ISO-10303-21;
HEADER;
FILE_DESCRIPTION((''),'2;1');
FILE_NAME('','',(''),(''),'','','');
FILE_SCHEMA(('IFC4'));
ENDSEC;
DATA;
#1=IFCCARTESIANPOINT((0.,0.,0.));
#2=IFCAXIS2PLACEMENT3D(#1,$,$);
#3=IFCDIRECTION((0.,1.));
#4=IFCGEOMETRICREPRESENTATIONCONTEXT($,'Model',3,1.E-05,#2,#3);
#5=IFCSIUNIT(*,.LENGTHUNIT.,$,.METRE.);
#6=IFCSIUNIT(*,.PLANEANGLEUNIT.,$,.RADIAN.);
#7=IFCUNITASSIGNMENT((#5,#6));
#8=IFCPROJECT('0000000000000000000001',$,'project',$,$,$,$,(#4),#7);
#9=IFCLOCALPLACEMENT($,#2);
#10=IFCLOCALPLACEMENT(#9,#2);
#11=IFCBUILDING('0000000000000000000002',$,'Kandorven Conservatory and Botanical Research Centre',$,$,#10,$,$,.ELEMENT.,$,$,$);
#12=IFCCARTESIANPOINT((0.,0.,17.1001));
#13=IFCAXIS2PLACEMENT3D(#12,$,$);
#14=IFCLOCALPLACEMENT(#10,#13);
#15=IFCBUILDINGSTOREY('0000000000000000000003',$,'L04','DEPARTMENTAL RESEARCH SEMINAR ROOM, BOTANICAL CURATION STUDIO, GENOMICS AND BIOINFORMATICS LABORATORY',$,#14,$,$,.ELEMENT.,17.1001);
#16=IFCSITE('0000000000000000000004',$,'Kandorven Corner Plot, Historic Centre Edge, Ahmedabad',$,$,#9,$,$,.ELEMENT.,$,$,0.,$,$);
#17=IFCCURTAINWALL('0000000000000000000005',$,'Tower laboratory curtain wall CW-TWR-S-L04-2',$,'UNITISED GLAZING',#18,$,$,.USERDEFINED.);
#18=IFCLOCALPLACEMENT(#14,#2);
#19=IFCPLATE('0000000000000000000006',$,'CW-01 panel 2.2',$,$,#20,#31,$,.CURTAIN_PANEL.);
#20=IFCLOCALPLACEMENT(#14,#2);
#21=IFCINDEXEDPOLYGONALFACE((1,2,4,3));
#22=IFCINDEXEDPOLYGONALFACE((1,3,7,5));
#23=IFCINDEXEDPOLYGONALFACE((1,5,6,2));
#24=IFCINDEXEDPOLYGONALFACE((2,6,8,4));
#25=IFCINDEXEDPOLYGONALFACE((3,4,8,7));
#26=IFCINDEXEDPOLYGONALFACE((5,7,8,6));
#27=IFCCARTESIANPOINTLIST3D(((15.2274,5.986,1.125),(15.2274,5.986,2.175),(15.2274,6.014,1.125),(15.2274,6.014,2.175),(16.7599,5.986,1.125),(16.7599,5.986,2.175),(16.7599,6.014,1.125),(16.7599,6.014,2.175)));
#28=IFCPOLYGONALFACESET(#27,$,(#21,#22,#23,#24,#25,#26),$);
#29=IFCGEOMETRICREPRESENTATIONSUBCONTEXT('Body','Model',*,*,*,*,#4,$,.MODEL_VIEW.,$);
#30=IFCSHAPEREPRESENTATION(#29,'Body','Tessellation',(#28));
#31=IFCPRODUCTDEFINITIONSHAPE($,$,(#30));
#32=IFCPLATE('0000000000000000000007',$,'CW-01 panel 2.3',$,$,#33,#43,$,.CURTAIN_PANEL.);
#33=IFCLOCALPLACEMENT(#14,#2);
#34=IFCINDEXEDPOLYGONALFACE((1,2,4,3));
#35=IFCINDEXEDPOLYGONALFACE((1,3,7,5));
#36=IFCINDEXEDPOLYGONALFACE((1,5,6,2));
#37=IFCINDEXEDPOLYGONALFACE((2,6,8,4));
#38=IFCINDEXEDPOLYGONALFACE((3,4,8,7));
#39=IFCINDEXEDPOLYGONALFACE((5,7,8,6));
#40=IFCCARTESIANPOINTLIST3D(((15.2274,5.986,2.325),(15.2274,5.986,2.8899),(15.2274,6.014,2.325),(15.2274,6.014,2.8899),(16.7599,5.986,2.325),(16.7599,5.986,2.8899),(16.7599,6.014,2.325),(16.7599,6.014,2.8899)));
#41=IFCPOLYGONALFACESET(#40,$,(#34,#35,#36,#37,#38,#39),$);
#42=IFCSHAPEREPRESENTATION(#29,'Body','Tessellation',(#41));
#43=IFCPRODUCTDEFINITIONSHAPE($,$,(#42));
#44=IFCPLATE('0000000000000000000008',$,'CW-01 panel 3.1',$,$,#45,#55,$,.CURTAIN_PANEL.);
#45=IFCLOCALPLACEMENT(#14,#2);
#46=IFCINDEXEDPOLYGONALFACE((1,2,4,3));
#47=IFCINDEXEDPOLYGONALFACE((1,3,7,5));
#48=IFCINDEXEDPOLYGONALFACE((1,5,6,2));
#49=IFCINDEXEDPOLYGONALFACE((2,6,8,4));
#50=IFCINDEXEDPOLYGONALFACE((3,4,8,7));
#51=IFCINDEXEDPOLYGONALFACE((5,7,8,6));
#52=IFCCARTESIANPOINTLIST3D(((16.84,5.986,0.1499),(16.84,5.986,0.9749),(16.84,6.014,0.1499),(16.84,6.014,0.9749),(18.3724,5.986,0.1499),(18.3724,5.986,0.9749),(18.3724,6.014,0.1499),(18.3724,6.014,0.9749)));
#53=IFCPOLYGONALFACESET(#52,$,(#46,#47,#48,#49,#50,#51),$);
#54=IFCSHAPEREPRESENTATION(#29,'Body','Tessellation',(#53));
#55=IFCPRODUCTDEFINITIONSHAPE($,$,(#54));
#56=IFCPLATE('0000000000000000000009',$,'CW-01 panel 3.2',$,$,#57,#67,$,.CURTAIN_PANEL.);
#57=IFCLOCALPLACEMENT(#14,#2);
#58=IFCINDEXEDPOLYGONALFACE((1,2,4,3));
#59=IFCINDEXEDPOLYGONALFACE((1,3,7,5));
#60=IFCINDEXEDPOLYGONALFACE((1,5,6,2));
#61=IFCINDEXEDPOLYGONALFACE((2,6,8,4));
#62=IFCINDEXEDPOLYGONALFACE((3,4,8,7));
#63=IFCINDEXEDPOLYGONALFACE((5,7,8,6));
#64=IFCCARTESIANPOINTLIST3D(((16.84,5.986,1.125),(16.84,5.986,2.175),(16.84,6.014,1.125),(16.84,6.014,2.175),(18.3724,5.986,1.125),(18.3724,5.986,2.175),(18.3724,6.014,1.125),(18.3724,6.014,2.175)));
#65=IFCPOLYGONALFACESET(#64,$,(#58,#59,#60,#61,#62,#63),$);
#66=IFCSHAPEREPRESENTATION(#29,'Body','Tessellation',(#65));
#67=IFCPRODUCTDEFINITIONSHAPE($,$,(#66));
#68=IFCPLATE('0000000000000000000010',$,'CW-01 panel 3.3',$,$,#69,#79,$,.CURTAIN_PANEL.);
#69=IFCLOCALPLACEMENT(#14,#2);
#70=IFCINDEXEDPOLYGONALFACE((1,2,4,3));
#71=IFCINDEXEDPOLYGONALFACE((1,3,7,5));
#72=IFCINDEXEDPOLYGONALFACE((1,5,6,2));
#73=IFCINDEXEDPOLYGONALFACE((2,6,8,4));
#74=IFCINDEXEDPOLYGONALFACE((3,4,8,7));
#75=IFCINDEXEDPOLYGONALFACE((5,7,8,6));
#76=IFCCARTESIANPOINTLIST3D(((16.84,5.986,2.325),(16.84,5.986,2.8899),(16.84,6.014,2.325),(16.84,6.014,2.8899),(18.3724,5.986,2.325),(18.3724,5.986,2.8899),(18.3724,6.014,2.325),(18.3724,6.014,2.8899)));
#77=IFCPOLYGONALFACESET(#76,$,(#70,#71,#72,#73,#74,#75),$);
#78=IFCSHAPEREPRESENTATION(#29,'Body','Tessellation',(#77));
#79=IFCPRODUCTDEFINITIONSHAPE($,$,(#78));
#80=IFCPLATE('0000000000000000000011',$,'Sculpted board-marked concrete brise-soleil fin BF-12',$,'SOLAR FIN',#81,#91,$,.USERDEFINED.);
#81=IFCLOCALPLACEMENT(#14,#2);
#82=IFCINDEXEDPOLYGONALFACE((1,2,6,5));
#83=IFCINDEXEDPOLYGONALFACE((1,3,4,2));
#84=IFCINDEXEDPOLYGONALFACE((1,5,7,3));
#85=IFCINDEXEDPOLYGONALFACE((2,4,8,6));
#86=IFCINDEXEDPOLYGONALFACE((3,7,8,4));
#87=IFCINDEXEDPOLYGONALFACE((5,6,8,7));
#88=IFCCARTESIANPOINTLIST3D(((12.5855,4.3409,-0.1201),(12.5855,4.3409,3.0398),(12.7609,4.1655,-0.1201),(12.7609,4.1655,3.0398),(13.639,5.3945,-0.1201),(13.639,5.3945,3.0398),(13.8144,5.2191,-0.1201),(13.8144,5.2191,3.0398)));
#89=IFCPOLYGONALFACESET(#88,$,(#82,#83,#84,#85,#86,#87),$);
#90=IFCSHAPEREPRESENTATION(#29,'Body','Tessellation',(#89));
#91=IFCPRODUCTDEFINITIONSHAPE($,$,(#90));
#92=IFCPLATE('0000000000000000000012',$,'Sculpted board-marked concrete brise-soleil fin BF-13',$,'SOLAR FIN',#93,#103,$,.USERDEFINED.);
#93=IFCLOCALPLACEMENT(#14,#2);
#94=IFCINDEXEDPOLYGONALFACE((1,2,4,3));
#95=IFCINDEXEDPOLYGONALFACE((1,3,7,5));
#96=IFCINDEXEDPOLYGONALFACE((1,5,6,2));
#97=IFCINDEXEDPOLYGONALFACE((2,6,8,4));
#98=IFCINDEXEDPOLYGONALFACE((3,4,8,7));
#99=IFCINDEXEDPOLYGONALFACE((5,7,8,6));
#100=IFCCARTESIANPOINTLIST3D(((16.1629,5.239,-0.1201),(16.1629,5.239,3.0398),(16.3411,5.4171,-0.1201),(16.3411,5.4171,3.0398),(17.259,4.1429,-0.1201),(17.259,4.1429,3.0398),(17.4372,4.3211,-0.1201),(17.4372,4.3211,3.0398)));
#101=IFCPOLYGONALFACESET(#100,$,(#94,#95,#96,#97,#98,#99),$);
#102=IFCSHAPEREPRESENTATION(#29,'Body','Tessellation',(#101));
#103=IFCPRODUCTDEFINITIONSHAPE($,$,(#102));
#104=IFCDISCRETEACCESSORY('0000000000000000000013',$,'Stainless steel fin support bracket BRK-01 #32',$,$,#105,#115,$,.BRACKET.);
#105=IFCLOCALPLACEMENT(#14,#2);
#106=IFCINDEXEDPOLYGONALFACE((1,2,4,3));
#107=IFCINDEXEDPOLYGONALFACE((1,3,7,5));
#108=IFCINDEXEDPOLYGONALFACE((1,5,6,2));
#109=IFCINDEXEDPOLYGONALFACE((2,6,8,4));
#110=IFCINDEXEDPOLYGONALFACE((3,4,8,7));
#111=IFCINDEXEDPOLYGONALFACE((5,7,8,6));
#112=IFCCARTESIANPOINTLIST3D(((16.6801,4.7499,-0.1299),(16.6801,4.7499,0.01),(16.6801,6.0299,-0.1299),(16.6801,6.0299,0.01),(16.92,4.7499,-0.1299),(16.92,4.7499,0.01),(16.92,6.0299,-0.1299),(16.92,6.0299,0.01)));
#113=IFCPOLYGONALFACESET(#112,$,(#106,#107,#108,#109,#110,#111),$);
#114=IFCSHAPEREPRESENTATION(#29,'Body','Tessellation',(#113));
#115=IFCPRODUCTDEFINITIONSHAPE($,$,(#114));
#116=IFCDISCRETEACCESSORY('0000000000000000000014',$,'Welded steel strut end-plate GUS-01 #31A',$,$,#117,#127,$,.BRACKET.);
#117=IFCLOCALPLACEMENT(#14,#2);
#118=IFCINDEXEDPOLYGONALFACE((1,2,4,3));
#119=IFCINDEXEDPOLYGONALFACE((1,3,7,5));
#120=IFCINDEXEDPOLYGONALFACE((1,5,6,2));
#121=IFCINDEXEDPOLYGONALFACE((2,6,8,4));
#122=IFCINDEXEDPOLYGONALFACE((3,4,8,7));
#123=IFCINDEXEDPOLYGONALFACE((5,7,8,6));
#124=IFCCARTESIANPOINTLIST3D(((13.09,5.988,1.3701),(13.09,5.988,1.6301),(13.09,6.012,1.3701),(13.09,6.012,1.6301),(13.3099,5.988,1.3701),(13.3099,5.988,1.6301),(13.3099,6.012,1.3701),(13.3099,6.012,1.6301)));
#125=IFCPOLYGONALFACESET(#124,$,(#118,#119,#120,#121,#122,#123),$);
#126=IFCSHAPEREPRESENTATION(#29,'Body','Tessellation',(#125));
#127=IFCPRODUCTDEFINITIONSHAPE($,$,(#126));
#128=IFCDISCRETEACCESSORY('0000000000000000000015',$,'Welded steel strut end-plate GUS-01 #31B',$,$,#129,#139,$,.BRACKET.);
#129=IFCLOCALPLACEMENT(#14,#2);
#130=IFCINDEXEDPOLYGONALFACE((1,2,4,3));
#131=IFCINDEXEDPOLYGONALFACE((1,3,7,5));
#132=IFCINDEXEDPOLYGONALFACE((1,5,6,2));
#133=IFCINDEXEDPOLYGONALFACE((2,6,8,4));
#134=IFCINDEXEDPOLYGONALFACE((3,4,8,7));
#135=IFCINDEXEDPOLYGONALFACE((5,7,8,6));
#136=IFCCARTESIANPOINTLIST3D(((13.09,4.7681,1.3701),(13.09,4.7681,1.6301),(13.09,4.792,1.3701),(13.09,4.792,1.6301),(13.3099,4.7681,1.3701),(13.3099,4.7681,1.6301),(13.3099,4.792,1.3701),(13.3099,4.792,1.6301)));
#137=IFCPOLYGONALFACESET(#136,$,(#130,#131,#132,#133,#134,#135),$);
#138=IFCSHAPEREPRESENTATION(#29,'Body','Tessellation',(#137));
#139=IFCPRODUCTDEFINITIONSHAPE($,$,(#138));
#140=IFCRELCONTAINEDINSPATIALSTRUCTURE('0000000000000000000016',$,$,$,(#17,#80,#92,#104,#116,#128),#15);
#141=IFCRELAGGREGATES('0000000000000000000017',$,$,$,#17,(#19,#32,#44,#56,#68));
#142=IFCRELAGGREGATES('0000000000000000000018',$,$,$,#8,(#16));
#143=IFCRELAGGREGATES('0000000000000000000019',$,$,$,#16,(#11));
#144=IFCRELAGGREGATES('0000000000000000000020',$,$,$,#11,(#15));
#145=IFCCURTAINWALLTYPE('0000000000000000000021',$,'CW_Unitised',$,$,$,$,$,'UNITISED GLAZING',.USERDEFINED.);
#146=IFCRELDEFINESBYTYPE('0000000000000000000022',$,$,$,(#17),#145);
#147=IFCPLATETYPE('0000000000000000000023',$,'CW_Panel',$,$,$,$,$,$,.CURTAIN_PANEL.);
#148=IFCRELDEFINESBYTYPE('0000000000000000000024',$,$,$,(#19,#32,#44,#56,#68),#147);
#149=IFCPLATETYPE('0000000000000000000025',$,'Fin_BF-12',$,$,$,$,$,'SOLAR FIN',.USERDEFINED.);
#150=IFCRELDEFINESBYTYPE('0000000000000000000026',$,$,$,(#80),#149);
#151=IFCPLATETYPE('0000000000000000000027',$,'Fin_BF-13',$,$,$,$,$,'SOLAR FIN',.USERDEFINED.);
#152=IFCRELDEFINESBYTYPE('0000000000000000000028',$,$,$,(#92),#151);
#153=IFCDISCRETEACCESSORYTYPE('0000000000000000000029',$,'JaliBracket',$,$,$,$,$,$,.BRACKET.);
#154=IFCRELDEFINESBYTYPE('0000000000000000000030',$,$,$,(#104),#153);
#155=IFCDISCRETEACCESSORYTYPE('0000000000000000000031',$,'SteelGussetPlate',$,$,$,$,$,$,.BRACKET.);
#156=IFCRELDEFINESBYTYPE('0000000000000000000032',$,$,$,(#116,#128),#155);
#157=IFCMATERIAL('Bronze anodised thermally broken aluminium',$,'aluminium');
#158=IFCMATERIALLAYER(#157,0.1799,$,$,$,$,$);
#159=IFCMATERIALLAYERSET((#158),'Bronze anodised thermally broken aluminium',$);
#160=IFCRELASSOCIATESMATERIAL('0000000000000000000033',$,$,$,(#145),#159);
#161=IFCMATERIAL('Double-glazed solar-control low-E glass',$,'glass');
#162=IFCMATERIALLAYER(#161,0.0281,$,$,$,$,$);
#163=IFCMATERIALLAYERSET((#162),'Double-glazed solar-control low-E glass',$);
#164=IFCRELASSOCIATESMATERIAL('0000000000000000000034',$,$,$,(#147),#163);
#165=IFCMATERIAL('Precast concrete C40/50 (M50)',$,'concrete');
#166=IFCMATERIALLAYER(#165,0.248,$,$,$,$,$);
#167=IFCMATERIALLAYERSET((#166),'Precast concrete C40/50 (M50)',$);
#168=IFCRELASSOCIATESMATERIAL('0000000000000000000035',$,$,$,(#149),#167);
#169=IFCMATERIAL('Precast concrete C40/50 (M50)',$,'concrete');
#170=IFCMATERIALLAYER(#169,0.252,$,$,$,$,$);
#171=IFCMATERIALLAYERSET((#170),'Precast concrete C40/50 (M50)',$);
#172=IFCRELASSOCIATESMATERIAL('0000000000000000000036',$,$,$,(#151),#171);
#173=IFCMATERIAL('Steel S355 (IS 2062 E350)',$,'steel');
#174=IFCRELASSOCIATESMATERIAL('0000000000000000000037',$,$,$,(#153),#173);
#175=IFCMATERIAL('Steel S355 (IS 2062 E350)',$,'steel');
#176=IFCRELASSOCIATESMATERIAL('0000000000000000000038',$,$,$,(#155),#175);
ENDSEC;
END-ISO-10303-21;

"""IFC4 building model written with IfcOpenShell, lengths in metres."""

from ifc_helpers import new_model, si_unit, direction, frame, origin, origin_2d, place, context, subcontext, project, spatial, rectangle, extrude, material, layer, layer_set, type_object, element, aggregate, save


model = new_model("IFC4")

# Units and contexts
model_context = context("Model", 3, precision=1e-05, world=origin(), true_north=direction((0.0, 1.0)))
body_context = subcontext(model_context, "Body", "Model", "MODEL_VIEW")
ifc_project = project(units=[si_unit("LENGTHUNIT", "METRE"), si_unit("PLANEANGLEUNIT", "RADIAN")], contexts=[model_context])

# Site, building, storey
site_placement = place(None, origin())
site = spatial("IfcSite", under=ifc_project, at=site_placement, Name="Kandorven Corner Plot, Historic Centre Edge, Ahmedabad", CompositionType="ELEMENT", RefElevation=0.0)
building_placement = place(site_placement, origin())
building = spatial("IfcBuilding", under=site, at=building_placement, Name="Kandorven Conservatory and Botanical Research Centre", CompositionType="ELEMENT")
storey_placement = place(building_placement, frame((0.0, 0.0, 17.1001)))
storey = spatial("IfcBuildingStorey", under=building, at=storey_placement, Name="L04", Description="DEPARTMENTAL RESEARCH SEMINAR ROOM, BOTANICAL CURATION STUDIO, GENOMICS AND BIOINFORMATICS LABORATORY", CompositionType="ELEMENT", Elevation=17.1001)

# Curtain wall
ifc_material_1 = material(Name="Bronze anodised thermally broken aluminium", Category="aluminium")
ifc_layer_1 = layer(ifc_material_1, 0.1799)
ifc_layer_set_1 = layer_set([ifc_layer_1], Name="Bronze anodised thermally broken aluminium")
curtain_wall_type = type_object("IfcCurtainWallType", Name="CW_Unitised", ElementType="UNITISED GLAZING", PredefinedType="USERDEFINED", material=ifc_layer_set_1)
curtain_wall_placement = place(storey_placement, origin())
curtain_wall = element("IfcCurtainWall", 1, at=curtain_wall_placement, inside=storey, type_object=curtain_wall_type, Name="Tower laboratory curtain wall CW-TWR-S-L04-2", ObjectType="UNITISED GLAZING", PredefinedType="USERDEFINED")

# Plates
ifc_material_2 = material(Name="Double-glazed solar-control low-E glass", Category="glass")
ifc_layer_2 = layer(ifc_material_2, 0.0281)
ifc_layer_set_2 = layer_set([ifc_layer_2], Name="Double-glazed solar-control low-E glass")
plate_type_1 = type_object("IfcPlateType", Name="CW_Panel", PredefinedType="CURTAIN_PANEL", material=ifc_layer_set_2)
plate_1_placement = place(storey_placement, frame((15.9937, 6.0, 1.125), z_axis=(0.0, 0.0, 1.0), x_axis=(1.0, 0.0, 0.0)))
plate_1 = element("IfcPlate", 2, at=plate_1_placement, type_object=plate_type_1, Name="CW-01 panel 2.2", PredefinedType="CURTAIN_PANEL", context=body_context, shape_type="SweptSolid", body=[
    extrude(rectangle(XDim=1.5325, YDim=0.0281, at=origin_2d()), origin(), (0.0, 0.0, 1.0), 1.05),
])
plate_2_placement = place(storey_placement, frame((15.9937, 6.0, 2.325), z_axis=(0.0, 0.0, 1.0), x_axis=(1.0, 0.0, 0.0)))
plate_2 = element("IfcPlate", 3, at=plate_2_placement, type_object=plate_type_1, Name="CW-01 panel 2.3", PredefinedType="CURTAIN_PANEL", context=body_context, shape_type="SweptSolid", body=[
    extrude(rectangle(XDim=1.5325, YDim=0.0281, at=origin_2d()), origin(), (0.0, 0.0, 1.0), 0.5649),
])
plate_3_placement = place(storey_placement, frame((17.6062, 6.0, 0.1499), z_axis=(0.0, 0.0, 1.0), x_axis=(1.0, 0.0, 0.0)))
plate_3 = element("IfcPlate", 4, at=plate_3_placement, type_object=plate_type_1, Name="CW-01 panel 3.1", PredefinedType="CURTAIN_PANEL", context=body_context, shape_type="SweptSolid", body=[
    extrude(rectangle(XDim=1.5325, YDim=0.0281, at=origin_2d()), origin(), (0.0, 0.0, 1.0), 0.825),
])
plate_4_placement = place(storey_placement, frame((17.6062, 6.0, 1.125), z_axis=(0.0, 0.0, 1.0), x_axis=(1.0, 0.0, 0.0)))
plate_4 = element("IfcPlate", 5, at=plate_4_placement, type_object=plate_type_1, Name="CW-01 panel 3.2", PredefinedType="CURTAIN_PANEL", context=body_context, shape_type="SweptSolid", body=[
    extrude(rectangle(XDim=1.5325, YDim=0.0281, at=origin_2d()), origin(), (0.0, 0.0, 1.0), 1.05),
])
plate_5_placement = place(storey_placement, frame((17.6062, 6.0, 2.325), z_axis=(0.0, 0.0, 1.0), x_axis=(1.0, 0.0, 0.0)))
plate_5 = element("IfcPlate", 6, at=plate_5_placement, type_object=plate_type_1, Name="CW-01 panel 3.3", PredefinedType="CURTAIN_PANEL", context=body_context, shape_type="SweptSolid", body=[
    extrude(rectangle(XDim=1.5325, YDim=0.0281, at=origin_2d()), origin(), (0.0, 0.0, 1.0), 0.5649),
])
aggregate(curtain_wall, [plate_1, plate_2, plate_3, plate_4, plate_5])

# Plates
ifc_material_3 = material(Name="Precast concrete C40/50 (M50)", Category="concrete")
ifc_layer_3 = layer(ifc_material_3, 0.248)
ifc_layer_set_3 = layer_set([ifc_layer_3], Name="Precast concrete C40/50 (M50)")
plate_type_2 = type_object("IfcPlateType", Name="Fin_BF-12", ElementType="SOLAR FIN", PredefinedType="USERDEFINED", material=ifc_layer_set_3)
plate_6_placement = place(storey_placement, frame((13.2, 4.78, -0.1201), z_axis=(0.0, 0.0, 1.0), x_axis=(0.707107, 0.707107, 0.0)))
element("IfcPlate", 7, at=plate_6_placement, inside=storey, type_object=plate_type_2, Name="Sculpted board-marked concrete brise-soleil fin BF-12", ObjectType="SOLAR FIN", PredefinedType="USERDEFINED", context=body_context, shape_type="SweptSolid", body=[
    extrude(rectangle(XDim=1.49, YDim=0.248, at=origin_2d()), origin(), (0.0, 0.0, 1.0), 3.1599),
])
ifc_material_4 = material(Name="Precast concrete C40/50 (M50)", Category="concrete")
ifc_layer_4 = layer(ifc_material_4, 0.252)
ifc_layer_set_4 = layer_set([ifc_layer_4], Name="Precast concrete C40/50 (M50)")
plate_type_3 = type_object("IfcPlateType", Name="Fin_BF-13", ElementType="SOLAR FIN", PredefinedType="USERDEFINED", material=ifc_layer_set_4)
plate_7_placement = place(storey_placement, frame((16.8, 4.78, -0.1201), z_axis=(0.0, 0.0, 1.0), x_axis=(-0.707107, 0.707107, 0.0)))
element("IfcPlate", 8, at=plate_7_placement, inside=storey, type_object=plate_type_3, Name="Sculpted board-marked concrete brise-soleil fin BF-13", ObjectType="SOLAR FIN", PredefinedType="USERDEFINED", context=body_context, shape_type="SweptSolid", body=[
    extrude(rectangle(XDim=1.55, YDim=0.252, at=origin_2d()), origin(), (0.0, 0.0, 1.0), 3.1599),
])

# Discrete accessories
ifc_material_5 = material(Name="Steel S355 (IS 2062 E350)", Category="steel")
discrete_accessory_type_1 = type_object("IfcDiscreteAccessoryType", Name="JaliBracket", PredefinedType="BRACKET", material=ifc_material_5)
discrete_accessory_placement = place(storey_placement, frame((16.8, 5.3899, -0.1299), z_axis=(0.0, 0.0, 1.0), x_axis=(1.0, 0.0, 0.0)))
element("IfcDiscreteAccessory", 9, at=discrete_accessory_placement, inside=storey, type_object=discrete_accessory_type_1, Name="Stainless steel fin support bracket BRK-01 #32", PredefinedType="BRACKET", context=body_context, shape_type="SweptSolid", body=[
    extrude(rectangle(XDim=0.24, YDim=1.28, at=origin_2d()), origin(), (0.0, 0.0, 1.0), 0.1399),
])
ifc_material_6 = material(Name="Steel S355 (IS 2062 E350)", Category="steel")
discrete_accessory_type_2 = type_object("IfcDiscreteAccessoryType", Name="SteelGussetPlate", PredefinedType="BRACKET", material=ifc_material_6)
for number, where, z_axis, x_axis, name in (
    (10, (13.2, 6.0, 1.3701), (0.0, 0.0, 1.0), (1.0, 0.0, 0.0), "Welded steel strut end-plate GUS-01 #31A"),
    (11, (13.2, 4.78, 1.3701), (0.0, 0.0, 1.0), (1.0, 0.0, 0.0), "Welded steel strut end-plate GUS-01 #31B"),
):
    element("IfcDiscreteAccessory", number, at=place(storey_placement, frame(where, z_axis=z_axis, x_axis=x_axis)), inside=storey, type_object=discrete_accessory_type_2, Name=name, PredefinedType="BRACKET", context=body_context, shape_type="SweptSolid", body=[
        extrude(rectangle(XDim=0.22, YDim=0.0239, at=origin_2d()), origin(), (0.0, 0.0, 1.0), 0.26),
    ])

save(model, "model.ifc")
